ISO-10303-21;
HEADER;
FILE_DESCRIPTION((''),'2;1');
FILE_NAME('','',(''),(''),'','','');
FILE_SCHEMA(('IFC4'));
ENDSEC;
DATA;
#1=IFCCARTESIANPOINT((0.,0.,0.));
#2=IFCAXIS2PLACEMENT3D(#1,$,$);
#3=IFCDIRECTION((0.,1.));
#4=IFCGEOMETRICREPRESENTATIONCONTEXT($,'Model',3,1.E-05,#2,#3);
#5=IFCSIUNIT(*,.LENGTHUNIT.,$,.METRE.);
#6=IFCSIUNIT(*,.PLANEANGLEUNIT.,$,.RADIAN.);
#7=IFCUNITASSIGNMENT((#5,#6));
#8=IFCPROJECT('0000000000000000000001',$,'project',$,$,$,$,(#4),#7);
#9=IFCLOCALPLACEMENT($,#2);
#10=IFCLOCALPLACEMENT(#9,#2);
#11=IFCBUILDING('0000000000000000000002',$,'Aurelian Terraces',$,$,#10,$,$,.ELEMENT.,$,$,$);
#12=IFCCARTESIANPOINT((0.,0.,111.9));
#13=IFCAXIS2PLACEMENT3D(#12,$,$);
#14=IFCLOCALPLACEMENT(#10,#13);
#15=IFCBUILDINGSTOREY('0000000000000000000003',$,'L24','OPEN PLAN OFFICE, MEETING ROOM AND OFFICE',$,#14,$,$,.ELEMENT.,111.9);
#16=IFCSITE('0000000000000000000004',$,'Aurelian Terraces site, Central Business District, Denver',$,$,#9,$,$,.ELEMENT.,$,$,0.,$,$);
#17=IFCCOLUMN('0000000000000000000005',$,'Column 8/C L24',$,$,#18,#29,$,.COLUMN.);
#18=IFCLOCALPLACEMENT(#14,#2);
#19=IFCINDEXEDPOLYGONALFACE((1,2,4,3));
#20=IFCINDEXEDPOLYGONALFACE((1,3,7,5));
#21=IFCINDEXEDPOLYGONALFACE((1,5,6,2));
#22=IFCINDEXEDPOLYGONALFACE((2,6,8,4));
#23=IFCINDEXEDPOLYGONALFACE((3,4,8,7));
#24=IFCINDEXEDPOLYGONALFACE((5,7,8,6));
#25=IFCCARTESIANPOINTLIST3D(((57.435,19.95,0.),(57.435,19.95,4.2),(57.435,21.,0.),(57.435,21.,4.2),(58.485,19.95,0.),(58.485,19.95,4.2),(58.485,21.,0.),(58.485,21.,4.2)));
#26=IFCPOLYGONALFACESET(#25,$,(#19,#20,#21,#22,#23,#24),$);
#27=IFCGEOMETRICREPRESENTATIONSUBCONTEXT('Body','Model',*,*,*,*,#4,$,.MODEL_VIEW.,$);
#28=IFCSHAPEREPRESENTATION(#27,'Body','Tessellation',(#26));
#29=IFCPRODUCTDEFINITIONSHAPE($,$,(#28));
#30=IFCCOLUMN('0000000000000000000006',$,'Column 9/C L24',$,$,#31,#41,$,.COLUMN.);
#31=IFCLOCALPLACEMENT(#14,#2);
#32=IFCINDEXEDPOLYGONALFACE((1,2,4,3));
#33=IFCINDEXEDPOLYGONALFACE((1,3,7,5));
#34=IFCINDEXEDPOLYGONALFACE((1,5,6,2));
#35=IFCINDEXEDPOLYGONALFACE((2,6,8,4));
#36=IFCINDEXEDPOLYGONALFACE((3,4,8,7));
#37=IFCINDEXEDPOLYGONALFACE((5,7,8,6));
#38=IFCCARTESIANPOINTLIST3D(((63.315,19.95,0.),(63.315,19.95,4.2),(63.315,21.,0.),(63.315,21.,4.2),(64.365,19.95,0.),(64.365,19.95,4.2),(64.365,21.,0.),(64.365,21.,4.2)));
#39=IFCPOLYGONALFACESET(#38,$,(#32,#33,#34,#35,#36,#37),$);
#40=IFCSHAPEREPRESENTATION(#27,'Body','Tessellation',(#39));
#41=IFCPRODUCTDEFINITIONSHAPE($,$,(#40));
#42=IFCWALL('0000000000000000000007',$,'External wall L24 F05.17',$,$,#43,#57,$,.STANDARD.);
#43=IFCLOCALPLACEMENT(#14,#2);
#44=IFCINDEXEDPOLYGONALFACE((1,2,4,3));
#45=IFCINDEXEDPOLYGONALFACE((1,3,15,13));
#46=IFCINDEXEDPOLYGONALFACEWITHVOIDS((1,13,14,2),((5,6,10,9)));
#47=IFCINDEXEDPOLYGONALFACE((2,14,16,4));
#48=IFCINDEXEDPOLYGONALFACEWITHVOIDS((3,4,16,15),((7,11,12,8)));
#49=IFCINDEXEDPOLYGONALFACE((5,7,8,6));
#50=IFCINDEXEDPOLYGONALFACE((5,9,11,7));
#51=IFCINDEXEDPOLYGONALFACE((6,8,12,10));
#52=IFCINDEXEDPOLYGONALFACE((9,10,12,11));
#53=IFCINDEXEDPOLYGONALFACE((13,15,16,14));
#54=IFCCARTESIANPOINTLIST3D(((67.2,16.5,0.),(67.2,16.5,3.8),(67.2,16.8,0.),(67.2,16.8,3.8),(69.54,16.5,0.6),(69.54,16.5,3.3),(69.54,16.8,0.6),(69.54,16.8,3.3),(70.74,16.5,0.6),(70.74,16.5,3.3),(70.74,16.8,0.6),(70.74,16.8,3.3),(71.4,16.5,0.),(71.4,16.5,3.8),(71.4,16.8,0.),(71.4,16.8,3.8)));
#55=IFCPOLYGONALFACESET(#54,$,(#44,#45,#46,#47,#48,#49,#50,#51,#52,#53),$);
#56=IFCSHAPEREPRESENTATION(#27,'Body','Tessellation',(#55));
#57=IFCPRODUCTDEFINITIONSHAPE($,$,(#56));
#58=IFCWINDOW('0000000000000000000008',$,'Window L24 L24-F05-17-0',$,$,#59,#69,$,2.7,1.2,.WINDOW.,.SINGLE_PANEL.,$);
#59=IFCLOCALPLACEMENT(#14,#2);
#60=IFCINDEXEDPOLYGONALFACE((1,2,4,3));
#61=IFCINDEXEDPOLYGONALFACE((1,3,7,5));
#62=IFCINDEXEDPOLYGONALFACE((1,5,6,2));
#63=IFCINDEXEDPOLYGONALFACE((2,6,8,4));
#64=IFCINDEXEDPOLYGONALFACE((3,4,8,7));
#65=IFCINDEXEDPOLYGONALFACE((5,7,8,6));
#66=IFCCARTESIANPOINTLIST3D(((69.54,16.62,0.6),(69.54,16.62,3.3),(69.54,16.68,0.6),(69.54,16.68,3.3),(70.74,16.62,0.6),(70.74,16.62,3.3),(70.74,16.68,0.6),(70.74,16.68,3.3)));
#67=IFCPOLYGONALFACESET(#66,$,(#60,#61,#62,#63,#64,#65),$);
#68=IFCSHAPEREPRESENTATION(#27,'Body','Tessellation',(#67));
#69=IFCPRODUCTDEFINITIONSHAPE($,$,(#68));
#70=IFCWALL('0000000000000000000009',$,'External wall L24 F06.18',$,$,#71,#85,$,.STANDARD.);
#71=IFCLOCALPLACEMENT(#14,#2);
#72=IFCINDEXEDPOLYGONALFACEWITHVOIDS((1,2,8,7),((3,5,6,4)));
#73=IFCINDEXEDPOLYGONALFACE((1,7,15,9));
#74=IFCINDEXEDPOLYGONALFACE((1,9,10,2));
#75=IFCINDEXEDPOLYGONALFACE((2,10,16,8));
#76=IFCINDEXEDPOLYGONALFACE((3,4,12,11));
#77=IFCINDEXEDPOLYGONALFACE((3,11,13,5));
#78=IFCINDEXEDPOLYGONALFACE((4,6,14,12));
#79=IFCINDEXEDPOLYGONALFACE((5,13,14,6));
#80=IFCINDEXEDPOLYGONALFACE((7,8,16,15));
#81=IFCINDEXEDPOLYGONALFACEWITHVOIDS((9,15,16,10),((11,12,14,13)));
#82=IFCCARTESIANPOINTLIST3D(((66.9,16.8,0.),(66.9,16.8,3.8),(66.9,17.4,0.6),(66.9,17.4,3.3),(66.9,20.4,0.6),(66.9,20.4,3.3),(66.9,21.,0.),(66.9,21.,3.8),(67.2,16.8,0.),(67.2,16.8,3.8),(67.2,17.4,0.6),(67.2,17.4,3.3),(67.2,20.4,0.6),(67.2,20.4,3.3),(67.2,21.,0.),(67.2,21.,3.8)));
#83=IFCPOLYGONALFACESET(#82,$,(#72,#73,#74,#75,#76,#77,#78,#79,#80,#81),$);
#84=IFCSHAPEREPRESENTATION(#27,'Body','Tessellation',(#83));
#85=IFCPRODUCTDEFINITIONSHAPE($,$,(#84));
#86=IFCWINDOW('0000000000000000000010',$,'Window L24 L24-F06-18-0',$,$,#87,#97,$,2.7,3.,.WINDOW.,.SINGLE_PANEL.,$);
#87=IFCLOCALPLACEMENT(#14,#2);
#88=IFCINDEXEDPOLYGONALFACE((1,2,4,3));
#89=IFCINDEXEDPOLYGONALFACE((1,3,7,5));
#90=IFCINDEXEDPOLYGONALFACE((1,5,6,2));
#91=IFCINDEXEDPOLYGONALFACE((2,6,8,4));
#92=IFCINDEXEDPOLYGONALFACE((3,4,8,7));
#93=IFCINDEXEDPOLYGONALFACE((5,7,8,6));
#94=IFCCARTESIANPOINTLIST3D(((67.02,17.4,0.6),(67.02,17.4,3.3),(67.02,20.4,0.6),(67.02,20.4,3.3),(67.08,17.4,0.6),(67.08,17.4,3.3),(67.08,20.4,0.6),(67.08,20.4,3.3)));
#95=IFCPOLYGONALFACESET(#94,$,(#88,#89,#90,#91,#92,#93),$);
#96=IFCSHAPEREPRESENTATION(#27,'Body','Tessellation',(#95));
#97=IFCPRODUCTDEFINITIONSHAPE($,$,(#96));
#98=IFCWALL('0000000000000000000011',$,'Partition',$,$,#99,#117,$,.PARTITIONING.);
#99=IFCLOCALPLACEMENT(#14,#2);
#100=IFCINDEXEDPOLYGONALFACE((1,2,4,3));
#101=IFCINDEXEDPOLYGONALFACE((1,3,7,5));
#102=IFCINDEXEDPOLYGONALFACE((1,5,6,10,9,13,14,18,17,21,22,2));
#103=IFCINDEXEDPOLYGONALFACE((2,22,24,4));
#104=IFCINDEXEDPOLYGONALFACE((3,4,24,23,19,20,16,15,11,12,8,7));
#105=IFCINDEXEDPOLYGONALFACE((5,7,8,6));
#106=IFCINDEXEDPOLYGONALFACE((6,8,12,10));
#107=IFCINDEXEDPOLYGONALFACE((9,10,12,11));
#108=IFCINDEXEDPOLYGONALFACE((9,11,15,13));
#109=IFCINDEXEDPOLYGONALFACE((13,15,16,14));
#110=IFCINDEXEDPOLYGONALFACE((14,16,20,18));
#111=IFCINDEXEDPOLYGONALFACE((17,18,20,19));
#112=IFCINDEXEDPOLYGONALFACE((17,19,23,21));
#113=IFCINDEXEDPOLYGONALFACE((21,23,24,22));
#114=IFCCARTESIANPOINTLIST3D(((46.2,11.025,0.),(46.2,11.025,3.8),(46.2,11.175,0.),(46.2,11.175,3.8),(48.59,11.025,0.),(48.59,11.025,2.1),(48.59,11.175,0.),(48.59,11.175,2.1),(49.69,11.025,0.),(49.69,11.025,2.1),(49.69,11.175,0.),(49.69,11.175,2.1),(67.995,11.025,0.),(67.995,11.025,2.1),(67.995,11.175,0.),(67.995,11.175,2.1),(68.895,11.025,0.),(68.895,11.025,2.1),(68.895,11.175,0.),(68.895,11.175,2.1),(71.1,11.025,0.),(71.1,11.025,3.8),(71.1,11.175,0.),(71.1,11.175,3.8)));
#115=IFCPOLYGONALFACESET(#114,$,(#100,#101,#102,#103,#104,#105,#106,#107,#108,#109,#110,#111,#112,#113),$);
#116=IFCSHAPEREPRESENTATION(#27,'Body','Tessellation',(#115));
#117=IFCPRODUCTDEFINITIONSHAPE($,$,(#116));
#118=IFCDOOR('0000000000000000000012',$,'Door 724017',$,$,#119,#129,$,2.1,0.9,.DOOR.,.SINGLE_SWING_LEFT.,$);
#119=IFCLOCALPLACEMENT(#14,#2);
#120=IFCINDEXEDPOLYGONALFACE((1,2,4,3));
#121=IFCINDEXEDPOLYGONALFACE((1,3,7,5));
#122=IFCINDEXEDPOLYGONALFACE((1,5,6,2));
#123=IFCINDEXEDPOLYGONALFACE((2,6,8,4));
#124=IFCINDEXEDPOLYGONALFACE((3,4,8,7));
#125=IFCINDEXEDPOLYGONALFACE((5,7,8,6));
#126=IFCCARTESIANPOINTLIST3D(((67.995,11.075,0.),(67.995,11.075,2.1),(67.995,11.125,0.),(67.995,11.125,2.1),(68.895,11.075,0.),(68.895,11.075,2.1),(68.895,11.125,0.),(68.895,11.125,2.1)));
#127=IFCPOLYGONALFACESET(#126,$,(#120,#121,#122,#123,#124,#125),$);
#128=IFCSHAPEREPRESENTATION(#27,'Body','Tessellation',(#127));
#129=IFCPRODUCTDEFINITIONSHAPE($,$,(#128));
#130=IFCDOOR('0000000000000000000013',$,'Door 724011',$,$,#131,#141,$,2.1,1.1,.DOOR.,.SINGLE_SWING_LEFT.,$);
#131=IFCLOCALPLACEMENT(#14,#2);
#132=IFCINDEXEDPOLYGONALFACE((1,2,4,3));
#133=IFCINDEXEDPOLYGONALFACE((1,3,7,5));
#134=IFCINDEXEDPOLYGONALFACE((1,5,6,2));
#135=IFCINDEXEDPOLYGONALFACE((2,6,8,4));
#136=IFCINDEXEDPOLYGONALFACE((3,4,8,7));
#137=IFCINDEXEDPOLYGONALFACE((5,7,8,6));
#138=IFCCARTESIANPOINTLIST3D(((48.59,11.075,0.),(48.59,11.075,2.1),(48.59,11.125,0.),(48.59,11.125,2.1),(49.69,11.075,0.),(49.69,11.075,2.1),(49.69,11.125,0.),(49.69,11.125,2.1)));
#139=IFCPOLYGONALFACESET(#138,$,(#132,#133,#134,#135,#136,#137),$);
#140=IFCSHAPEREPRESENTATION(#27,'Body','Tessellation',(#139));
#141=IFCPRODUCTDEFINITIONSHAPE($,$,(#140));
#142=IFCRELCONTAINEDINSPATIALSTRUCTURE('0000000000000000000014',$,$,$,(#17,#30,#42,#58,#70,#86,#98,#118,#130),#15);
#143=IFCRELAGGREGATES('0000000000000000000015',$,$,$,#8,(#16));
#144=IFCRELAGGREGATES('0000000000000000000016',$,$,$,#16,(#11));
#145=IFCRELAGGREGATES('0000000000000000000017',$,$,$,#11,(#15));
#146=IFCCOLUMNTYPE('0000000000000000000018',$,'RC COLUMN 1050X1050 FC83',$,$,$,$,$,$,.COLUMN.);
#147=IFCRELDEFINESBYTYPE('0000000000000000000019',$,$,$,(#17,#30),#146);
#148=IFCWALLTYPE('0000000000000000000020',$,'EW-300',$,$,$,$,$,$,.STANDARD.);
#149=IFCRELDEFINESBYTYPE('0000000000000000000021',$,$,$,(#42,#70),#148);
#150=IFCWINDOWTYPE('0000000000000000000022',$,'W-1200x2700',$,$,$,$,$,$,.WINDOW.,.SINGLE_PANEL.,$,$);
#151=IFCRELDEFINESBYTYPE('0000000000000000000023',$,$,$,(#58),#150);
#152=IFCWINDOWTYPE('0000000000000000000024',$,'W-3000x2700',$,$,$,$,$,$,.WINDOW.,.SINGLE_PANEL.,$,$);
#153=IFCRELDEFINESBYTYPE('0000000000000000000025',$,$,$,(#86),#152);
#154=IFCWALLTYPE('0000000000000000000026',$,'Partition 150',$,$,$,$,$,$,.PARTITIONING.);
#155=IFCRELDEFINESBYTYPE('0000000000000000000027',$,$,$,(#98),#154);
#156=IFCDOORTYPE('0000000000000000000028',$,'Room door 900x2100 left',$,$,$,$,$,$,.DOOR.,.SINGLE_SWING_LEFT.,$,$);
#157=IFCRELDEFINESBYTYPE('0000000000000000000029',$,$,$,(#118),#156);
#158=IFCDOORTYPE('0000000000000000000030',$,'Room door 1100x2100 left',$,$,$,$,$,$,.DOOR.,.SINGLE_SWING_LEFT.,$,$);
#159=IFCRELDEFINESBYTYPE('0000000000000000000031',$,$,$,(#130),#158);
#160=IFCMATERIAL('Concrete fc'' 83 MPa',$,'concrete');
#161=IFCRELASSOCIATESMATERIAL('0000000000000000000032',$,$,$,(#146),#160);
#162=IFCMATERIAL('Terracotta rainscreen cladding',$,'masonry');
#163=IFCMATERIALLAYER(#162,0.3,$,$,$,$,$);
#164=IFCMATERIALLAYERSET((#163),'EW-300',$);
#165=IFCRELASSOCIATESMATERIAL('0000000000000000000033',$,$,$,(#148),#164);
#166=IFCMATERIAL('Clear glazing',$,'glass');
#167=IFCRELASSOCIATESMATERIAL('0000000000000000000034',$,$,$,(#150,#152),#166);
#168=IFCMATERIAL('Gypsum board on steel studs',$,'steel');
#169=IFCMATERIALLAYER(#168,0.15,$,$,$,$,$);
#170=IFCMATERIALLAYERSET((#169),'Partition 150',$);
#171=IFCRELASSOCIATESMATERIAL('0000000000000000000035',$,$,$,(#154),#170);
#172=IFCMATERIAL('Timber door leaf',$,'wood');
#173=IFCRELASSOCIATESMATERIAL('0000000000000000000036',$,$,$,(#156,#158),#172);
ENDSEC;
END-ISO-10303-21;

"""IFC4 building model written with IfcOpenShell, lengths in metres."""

from ifc_helpers import new_model, si_unit, direction, frame, frame_2d, origin, origin_2d, place, context, subcontext, project, spatial, rectangle, extrude, source, transform, mapped, material, layer, layer_set, material_profile, profile_set, type_object, element, fill, save


model = new_model("IFC4")

# Units and contexts
model_context = context("Model", 3, precision=1e-05, world=origin(), true_north=direction((0.0, 1.0)))
body_context = subcontext(model_context, "Body", "Model", "MODEL_VIEW")
ifc_project = project(units=[si_unit("LENGTHUNIT", "METRE"), si_unit("PLANEANGLEUNIT", "RADIAN")], contexts=[model_context])

# Site, building, storey
site_placement = place(None, origin())
site = spatial("IfcSite", under=ifc_project, at=site_placement, Name="Aurelian Terraces site, Central Business District, Denver", CompositionType="ELEMENT", RefElevation=0.0)
building_placement = place(site_placement, origin())
building = spatial("IfcBuilding", under=site, at=building_placement, Name="Aurelian Terraces", CompositionType="ELEMENT")
storey_placement = place(building_placement, frame((0.0, 0.0, 111.9)))
storey = spatial("IfcBuildingStorey", under=building, at=storey_placement, Name="L24", Description="OPEN PLAN OFFICE, MEETING ROOM AND OFFICE", CompositionType="ELEMENT", Elevation=111.9)

# Columns
ifc_material_1 = material(Name="Concrete fc' 83 MPa", Category="concrete")
ifc_material_profile = material_profile(ifc_material_1, rectangle(XDim=1.05, YDim=1.05, at=origin_2d()))
ifc_profile_set = profile_set([ifc_material_profile], Name="Concrete fc' 83 MPa")
column_type = type_object("IfcColumnType", Name="RC COLUMN 1050X1050 FC83", PredefinedType="COLUMN", material=ifc_profile_set)
shared_shape_1 = source(origin(), body_context, "Body", "SweptSolid", [
    extrude(rectangle(XDim=1.05, YDim=1.05, at=origin_2d()), origin(), (0.0, 0.0, 1.0), 4.2),
])
for number, where, z_axis, x_axis, name in (
    (1, (57.96, 20.475, 0.0), (0.0, 0.0, 1.0), (1.0, 0.0, 0.0), "Column 8/C L24"),
    (2, (63.84, 20.475, 0.0), (0.0, 0.0, 1.0), (1.0, 0.0, 0.0), "Column 9/C L24"),
):
    element("IfcColumn", number, at=place(storey_placement, frame(where, z_axis=z_axis, x_axis=x_axis)), inside=storey, type_object=column_type, Name=name, PredefinedType="COLUMN", context=body_context, shape_type="MappedRepresentation", body=[
        mapped(shared_shape_1, transform((0.0, 0.0, 0.0), scale=1.0)),
    ])

# Walls, openings, windows
ifc_material_2 = material(Name="Terracotta rainscreen cladding", Category="masonry")
ifc_layer_1 = layer(ifc_material_2, 0.3)
ifc_layer_set_1 = layer_set([ifc_layer_1], Name="EW-300")
wall_type_1 = type_object("IfcWallType", Name="EW-300", PredefinedType="STANDARD", material=ifc_layer_set_1)
shared_shape_2 = source(origin(), body_context, "Body", "SweptSolid", [
    extrude(rectangle(XDim=4.2, YDim=0.3, at=frame_2d((2.1, 0.0))), origin(), (0.0, 0.0, 1.0), 3.8),
])
wall_1_placement = place(storey_placement, frame((71.4, 16.65, 0.0), z_axis=(0.0, 0.0, 1.0), x_axis=(-1.0, 0.0, 0.0)))
wall_1 = element("IfcWall", 3, at=wall_1_placement, inside=storey, type_object=wall_type_1, Name="External wall L24 F05.17", PredefinedType="STANDARD", context=body_context, shape_type="MappedRepresentation", body=[
    mapped(shared_shape_2, transform((0.0, 0.0, 0.0), scale=1.0)),
])
shared_shape_3 = source(origin(), body_context, "Body", "SweptSolid", [
    extrude(rectangle(XDim=1.2, YDim=2.7, at=frame_2d((0.6, 1.35))), frame((0.0, 0.16, 0.0), z_axis=(0.0, -1.0, 0.0), x_axis=(1.0, 0.0, 0.0)), (0.0, 0.0, 1.0), 0.32),
])
opening_1_placement = place(wall_1_placement, frame((0.66, 0.0, 0.6)))
opening_1 = element("IfcOpeningElement", 4, at=opening_1_placement, cuts=wall_1, PredefinedType="OPENING", context=body_context, shape_type="MappedRepresentation", body=[
    mapped(shared_shape_3, transform((0.0, 0.0, 0.0), scale=1.0)),
])
ifc_material_3 = material(Name="Clear glazing", Category="glass")
window_type_1 = type_object("IfcWindowType", Name="W-1200x2700", PartitioningType="SINGLE_PANEL", PredefinedType="WINDOW", material=ifc_material_3)
shared_shape_4 = source(origin(), body_context, "Body", "SweptSolid", [
    extrude(rectangle(XDim=1.2, YDim=2.7, at=frame_2d((0.6, 1.35))), frame((0.0, 0.03, 0.0), z_axis=(0.0, -1.0, 0.0), x_axis=(1.0, 0.0, 0.0)), (0.0, 0.0, 1.0), 0.06),
])
window_1_placement = place(opening_1_placement, origin())
window_1 = element("IfcWindow", 5, at=window_1_placement, inside=storey, type_object=window_type_1, Name="Window L24 L24-F05-17-0", OverallHeight=2.7, OverallWidth=1.2, PartitioningType="SINGLE_PANEL", PredefinedType="WINDOW", context=body_context, shape_type="MappedRepresentation", body=[
    mapped(shared_shape_4, transform((0.0, 0.0, 0.0), scale=1.0)),
])
fill(opening_1, window_1)
wall_2_placement = place(storey_placement, frame((67.05, 16.8, 0.0), z_axis=(0.0, 0.0, 1.0), x_axis=(0.0, 1.0, 0.0)))
wall_2 = element("IfcWall", 6, at=wall_2_placement, inside=storey, type_object=wall_type_1, Name="External wall L24 F06.18", PredefinedType="STANDARD", context=body_context, shape_type="MappedRepresentation", body=[
    mapped(shared_shape_2, transform((0.0, 0.0, 0.0), scale=1.0)),
])
shared_shape_5 = source(origin(), body_context, "Body", "SweptSolid", [
    extrude(rectangle(XDim=3.0, YDim=2.7, at=frame_2d((1.5, 1.35))), frame((0.0, 0.16, 0.0), z_axis=(0.0, -1.0, 0.0), x_axis=(1.0, 0.0, 0.0)), (0.0, 0.0, 1.0), 0.32),
])
opening_2_placement = place(wall_2_placement, frame((0.6, 0.0, 0.6)))
opening_2 = element("IfcOpeningElement", 7, at=opening_2_placement, cuts=wall_2, PredefinedType="OPENING", context=body_context, shape_type="MappedRepresentation", body=[
    mapped(shared_shape_5, transform((0.0, 0.0, 0.0), scale=1.0)),
])
window_type_2 = type_object("IfcWindowType", Name="W-3000x2700", PartitioningType="SINGLE_PANEL", PredefinedType="WINDOW", material=ifc_material_3)
shared_shape_6 = source(origin(), body_context, "Body", "SweptSolid", [
    extrude(rectangle(XDim=3.0, YDim=2.7, at=frame_2d((1.5, 1.35))), frame((0.0, 0.03, 0.0), z_axis=(0.0, -1.0, 0.0), x_axis=(1.0, 0.0, 0.0)), (0.0, 0.0, 1.0), 0.06),
])
window_2_placement = place(opening_2_placement, origin())
window_2 = element("IfcWindow", 8, at=window_2_placement, inside=storey, type_object=window_type_2, Name="Window L24 L24-F06-18-0", OverallHeight=2.7, OverallWidth=3.0, PartitioningType="SINGLE_PANEL", PredefinedType="WINDOW", context=body_context, shape_type="MappedRepresentation", body=[
    mapped(shared_shape_6, transform((0.0, 0.0, 0.0), scale=1.0)),
])
fill(opening_2, window_2)

# Wall, openings, doors
ifc_material_4 = material(Name="Gypsum board on steel studs", Category="steel")
ifc_layer_2 = layer(ifc_material_4, 0.15)
ifc_layer_set_2 = layer_set([ifc_layer_2], Name="Partition 150")
wall_type_2 = type_object("IfcWallType", Name="Partition 150", PredefinedType="PARTITIONING", material=ifc_layer_set_2)
shared_shape_7 = source(origin(), body_context, "Body", "SweptSolid", [
    extrude(rectangle(XDim=24.9, YDim=0.15, at=frame_2d((12.45, 0.0))), origin(), (0.0, 0.0, 1.0), 3.8),
])
wall_3_placement = place(storey_placement, frame((71.1, 11.1, 0.0), z_axis=(0.0, 0.0, 1.0), x_axis=(-1.0, 0.0, 0.0)))
wall_3 = element("IfcWall", 9, at=wall_3_placement, inside=storey, type_object=wall_type_2, Name="Partition", PredefinedType="PARTITIONING", context=body_context, shape_type="MappedRepresentation", body=[
    mapped(shared_shape_7, transform((0.0, 0.0, 0.0), scale=1.0)),
])
shared_shape_8 = source(origin(), body_context, "Body", "SweptSolid", [
    extrude(rectangle(XDim=1.1, YDim=2.1, at=frame_2d((0.55, 1.05))), frame((0.0, 0.085, 0.0), z_axis=(0.0, -1.0, 0.0), x_axis=(1.0, 0.0, 0.0)), (0.0, 0.0, 1.0), 0.17),
])
opening_3_placement = place(wall_3_placement, frame((21.41, 0.0, 0.0)))
opening_3 = element("IfcOpeningElement", 10, at=opening_3_placement, cuts=wall_3, PredefinedType="OPENING", context=body_context, shape_type="MappedRepresentation", body=[
    mapped(shared_shape_8, transform((0.0, 0.0, 0.0), scale=1.0)),
])
shared_shape_9 = source(origin(), body_context, "Body", "SweptSolid", [
    extrude(rectangle(XDim=0.9, YDim=2.1, at=frame_2d((0.45, 1.05))), frame((0.0, 0.085, 0.0), z_axis=(0.0, -1.0, 0.0), x_axis=(1.0, 0.0, 0.0)), (0.0, 0.0, 1.0), 0.17),
])
opening_4_placement = place(wall_3_placement, frame((2.205, 0.0, 0.0)))
opening_4 = element("IfcOpeningElement", 11, at=opening_4_placement, cuts=wall_3, PredefinedType="OPENING", context=body_context, shape_type="MappedRepresentation", body=[
    mapped(shared_shape_9, transform((0.0, 0.0, 0.0), scale=1.0)),
])
ifc_material_5 = material(Name="Timber door leaf", Category="wood")
door_type_1 = type_object("IfcDoorType", Name="Room door 900x2100 left", OperationType="SINGLE_SWING_LEFT", PredefinedType="DOOR", material=ifc_material_5)
shared_shape_10 = source(origin(), body_context, "Body", "SweptSolid", [
    extrude(rectangle(XDim=0.9, YDim=2.1, at=frame_2d((0.45, 1.05))), frame((0.0, 0.025, 0.0), z_axis=(0.0, -1.0, 0.0), x_axis=(1.0, 0.0, 0.0)), (0.0, 0.0, 1.0), 0.05),
])
door_1_placement = place(opening_4_placement, origin())
door_1 = element("IfcDoor", 12, at=door_1_placement, inside=storey, type_object=door_type_1, Name="Door 724017", OperationType="SINGLE_SWING_LEFT", OverallHeight=2.1, OverallWidth=0.9, PredefinedType="DOOR", context=body_context, shape_type="MappedRepresentation", body=[
    mapped(shared_shape_10, transform((0.0, 0.0, 0.0), scale=1.0)),
])
fill(opening_4, door_1)
door_type_2 = type_object("IfcDoorType", Name="Room door 1100x2100 left", OperationType="SINGLE_SWING_LEFT", PredefinedType="DOOR", material=ifc_material_5)
shared_shape_11 = source(origin(), body_context, "Body", "SweptSolid", [
    extrude(rectangle(XDim=1.1, YDim=2.1, at=frame_2d((0.55, 1.05))), frame((0.0, 0.025, 0.0), z_axis=(0.0, -1.0, 0.0), x_axis=(1.0, 0.0, 0.0)), (0.0, 0.0, 1.0), 0.05),
])
door_2_placement = place(opening_3_placement, origin())
door_2 = element("IfcDoor", 13, at=door_2_placement, inside=storey, type_object=door_type_2, Name="Door 724011", OperationType="SINGLE_SWING_LEFT", OverallHeight=2.1, OverallWidth=1.1, PredefinedType="DOOR", context=body_context, shape_type="MappedRepresentation", body=[
    mapped(shared_shape_11, transform((0.0, 0.0, 0.0), scale=1.0)),
])
fill(opening_3, door_2)

save(model, "model.ifc")
